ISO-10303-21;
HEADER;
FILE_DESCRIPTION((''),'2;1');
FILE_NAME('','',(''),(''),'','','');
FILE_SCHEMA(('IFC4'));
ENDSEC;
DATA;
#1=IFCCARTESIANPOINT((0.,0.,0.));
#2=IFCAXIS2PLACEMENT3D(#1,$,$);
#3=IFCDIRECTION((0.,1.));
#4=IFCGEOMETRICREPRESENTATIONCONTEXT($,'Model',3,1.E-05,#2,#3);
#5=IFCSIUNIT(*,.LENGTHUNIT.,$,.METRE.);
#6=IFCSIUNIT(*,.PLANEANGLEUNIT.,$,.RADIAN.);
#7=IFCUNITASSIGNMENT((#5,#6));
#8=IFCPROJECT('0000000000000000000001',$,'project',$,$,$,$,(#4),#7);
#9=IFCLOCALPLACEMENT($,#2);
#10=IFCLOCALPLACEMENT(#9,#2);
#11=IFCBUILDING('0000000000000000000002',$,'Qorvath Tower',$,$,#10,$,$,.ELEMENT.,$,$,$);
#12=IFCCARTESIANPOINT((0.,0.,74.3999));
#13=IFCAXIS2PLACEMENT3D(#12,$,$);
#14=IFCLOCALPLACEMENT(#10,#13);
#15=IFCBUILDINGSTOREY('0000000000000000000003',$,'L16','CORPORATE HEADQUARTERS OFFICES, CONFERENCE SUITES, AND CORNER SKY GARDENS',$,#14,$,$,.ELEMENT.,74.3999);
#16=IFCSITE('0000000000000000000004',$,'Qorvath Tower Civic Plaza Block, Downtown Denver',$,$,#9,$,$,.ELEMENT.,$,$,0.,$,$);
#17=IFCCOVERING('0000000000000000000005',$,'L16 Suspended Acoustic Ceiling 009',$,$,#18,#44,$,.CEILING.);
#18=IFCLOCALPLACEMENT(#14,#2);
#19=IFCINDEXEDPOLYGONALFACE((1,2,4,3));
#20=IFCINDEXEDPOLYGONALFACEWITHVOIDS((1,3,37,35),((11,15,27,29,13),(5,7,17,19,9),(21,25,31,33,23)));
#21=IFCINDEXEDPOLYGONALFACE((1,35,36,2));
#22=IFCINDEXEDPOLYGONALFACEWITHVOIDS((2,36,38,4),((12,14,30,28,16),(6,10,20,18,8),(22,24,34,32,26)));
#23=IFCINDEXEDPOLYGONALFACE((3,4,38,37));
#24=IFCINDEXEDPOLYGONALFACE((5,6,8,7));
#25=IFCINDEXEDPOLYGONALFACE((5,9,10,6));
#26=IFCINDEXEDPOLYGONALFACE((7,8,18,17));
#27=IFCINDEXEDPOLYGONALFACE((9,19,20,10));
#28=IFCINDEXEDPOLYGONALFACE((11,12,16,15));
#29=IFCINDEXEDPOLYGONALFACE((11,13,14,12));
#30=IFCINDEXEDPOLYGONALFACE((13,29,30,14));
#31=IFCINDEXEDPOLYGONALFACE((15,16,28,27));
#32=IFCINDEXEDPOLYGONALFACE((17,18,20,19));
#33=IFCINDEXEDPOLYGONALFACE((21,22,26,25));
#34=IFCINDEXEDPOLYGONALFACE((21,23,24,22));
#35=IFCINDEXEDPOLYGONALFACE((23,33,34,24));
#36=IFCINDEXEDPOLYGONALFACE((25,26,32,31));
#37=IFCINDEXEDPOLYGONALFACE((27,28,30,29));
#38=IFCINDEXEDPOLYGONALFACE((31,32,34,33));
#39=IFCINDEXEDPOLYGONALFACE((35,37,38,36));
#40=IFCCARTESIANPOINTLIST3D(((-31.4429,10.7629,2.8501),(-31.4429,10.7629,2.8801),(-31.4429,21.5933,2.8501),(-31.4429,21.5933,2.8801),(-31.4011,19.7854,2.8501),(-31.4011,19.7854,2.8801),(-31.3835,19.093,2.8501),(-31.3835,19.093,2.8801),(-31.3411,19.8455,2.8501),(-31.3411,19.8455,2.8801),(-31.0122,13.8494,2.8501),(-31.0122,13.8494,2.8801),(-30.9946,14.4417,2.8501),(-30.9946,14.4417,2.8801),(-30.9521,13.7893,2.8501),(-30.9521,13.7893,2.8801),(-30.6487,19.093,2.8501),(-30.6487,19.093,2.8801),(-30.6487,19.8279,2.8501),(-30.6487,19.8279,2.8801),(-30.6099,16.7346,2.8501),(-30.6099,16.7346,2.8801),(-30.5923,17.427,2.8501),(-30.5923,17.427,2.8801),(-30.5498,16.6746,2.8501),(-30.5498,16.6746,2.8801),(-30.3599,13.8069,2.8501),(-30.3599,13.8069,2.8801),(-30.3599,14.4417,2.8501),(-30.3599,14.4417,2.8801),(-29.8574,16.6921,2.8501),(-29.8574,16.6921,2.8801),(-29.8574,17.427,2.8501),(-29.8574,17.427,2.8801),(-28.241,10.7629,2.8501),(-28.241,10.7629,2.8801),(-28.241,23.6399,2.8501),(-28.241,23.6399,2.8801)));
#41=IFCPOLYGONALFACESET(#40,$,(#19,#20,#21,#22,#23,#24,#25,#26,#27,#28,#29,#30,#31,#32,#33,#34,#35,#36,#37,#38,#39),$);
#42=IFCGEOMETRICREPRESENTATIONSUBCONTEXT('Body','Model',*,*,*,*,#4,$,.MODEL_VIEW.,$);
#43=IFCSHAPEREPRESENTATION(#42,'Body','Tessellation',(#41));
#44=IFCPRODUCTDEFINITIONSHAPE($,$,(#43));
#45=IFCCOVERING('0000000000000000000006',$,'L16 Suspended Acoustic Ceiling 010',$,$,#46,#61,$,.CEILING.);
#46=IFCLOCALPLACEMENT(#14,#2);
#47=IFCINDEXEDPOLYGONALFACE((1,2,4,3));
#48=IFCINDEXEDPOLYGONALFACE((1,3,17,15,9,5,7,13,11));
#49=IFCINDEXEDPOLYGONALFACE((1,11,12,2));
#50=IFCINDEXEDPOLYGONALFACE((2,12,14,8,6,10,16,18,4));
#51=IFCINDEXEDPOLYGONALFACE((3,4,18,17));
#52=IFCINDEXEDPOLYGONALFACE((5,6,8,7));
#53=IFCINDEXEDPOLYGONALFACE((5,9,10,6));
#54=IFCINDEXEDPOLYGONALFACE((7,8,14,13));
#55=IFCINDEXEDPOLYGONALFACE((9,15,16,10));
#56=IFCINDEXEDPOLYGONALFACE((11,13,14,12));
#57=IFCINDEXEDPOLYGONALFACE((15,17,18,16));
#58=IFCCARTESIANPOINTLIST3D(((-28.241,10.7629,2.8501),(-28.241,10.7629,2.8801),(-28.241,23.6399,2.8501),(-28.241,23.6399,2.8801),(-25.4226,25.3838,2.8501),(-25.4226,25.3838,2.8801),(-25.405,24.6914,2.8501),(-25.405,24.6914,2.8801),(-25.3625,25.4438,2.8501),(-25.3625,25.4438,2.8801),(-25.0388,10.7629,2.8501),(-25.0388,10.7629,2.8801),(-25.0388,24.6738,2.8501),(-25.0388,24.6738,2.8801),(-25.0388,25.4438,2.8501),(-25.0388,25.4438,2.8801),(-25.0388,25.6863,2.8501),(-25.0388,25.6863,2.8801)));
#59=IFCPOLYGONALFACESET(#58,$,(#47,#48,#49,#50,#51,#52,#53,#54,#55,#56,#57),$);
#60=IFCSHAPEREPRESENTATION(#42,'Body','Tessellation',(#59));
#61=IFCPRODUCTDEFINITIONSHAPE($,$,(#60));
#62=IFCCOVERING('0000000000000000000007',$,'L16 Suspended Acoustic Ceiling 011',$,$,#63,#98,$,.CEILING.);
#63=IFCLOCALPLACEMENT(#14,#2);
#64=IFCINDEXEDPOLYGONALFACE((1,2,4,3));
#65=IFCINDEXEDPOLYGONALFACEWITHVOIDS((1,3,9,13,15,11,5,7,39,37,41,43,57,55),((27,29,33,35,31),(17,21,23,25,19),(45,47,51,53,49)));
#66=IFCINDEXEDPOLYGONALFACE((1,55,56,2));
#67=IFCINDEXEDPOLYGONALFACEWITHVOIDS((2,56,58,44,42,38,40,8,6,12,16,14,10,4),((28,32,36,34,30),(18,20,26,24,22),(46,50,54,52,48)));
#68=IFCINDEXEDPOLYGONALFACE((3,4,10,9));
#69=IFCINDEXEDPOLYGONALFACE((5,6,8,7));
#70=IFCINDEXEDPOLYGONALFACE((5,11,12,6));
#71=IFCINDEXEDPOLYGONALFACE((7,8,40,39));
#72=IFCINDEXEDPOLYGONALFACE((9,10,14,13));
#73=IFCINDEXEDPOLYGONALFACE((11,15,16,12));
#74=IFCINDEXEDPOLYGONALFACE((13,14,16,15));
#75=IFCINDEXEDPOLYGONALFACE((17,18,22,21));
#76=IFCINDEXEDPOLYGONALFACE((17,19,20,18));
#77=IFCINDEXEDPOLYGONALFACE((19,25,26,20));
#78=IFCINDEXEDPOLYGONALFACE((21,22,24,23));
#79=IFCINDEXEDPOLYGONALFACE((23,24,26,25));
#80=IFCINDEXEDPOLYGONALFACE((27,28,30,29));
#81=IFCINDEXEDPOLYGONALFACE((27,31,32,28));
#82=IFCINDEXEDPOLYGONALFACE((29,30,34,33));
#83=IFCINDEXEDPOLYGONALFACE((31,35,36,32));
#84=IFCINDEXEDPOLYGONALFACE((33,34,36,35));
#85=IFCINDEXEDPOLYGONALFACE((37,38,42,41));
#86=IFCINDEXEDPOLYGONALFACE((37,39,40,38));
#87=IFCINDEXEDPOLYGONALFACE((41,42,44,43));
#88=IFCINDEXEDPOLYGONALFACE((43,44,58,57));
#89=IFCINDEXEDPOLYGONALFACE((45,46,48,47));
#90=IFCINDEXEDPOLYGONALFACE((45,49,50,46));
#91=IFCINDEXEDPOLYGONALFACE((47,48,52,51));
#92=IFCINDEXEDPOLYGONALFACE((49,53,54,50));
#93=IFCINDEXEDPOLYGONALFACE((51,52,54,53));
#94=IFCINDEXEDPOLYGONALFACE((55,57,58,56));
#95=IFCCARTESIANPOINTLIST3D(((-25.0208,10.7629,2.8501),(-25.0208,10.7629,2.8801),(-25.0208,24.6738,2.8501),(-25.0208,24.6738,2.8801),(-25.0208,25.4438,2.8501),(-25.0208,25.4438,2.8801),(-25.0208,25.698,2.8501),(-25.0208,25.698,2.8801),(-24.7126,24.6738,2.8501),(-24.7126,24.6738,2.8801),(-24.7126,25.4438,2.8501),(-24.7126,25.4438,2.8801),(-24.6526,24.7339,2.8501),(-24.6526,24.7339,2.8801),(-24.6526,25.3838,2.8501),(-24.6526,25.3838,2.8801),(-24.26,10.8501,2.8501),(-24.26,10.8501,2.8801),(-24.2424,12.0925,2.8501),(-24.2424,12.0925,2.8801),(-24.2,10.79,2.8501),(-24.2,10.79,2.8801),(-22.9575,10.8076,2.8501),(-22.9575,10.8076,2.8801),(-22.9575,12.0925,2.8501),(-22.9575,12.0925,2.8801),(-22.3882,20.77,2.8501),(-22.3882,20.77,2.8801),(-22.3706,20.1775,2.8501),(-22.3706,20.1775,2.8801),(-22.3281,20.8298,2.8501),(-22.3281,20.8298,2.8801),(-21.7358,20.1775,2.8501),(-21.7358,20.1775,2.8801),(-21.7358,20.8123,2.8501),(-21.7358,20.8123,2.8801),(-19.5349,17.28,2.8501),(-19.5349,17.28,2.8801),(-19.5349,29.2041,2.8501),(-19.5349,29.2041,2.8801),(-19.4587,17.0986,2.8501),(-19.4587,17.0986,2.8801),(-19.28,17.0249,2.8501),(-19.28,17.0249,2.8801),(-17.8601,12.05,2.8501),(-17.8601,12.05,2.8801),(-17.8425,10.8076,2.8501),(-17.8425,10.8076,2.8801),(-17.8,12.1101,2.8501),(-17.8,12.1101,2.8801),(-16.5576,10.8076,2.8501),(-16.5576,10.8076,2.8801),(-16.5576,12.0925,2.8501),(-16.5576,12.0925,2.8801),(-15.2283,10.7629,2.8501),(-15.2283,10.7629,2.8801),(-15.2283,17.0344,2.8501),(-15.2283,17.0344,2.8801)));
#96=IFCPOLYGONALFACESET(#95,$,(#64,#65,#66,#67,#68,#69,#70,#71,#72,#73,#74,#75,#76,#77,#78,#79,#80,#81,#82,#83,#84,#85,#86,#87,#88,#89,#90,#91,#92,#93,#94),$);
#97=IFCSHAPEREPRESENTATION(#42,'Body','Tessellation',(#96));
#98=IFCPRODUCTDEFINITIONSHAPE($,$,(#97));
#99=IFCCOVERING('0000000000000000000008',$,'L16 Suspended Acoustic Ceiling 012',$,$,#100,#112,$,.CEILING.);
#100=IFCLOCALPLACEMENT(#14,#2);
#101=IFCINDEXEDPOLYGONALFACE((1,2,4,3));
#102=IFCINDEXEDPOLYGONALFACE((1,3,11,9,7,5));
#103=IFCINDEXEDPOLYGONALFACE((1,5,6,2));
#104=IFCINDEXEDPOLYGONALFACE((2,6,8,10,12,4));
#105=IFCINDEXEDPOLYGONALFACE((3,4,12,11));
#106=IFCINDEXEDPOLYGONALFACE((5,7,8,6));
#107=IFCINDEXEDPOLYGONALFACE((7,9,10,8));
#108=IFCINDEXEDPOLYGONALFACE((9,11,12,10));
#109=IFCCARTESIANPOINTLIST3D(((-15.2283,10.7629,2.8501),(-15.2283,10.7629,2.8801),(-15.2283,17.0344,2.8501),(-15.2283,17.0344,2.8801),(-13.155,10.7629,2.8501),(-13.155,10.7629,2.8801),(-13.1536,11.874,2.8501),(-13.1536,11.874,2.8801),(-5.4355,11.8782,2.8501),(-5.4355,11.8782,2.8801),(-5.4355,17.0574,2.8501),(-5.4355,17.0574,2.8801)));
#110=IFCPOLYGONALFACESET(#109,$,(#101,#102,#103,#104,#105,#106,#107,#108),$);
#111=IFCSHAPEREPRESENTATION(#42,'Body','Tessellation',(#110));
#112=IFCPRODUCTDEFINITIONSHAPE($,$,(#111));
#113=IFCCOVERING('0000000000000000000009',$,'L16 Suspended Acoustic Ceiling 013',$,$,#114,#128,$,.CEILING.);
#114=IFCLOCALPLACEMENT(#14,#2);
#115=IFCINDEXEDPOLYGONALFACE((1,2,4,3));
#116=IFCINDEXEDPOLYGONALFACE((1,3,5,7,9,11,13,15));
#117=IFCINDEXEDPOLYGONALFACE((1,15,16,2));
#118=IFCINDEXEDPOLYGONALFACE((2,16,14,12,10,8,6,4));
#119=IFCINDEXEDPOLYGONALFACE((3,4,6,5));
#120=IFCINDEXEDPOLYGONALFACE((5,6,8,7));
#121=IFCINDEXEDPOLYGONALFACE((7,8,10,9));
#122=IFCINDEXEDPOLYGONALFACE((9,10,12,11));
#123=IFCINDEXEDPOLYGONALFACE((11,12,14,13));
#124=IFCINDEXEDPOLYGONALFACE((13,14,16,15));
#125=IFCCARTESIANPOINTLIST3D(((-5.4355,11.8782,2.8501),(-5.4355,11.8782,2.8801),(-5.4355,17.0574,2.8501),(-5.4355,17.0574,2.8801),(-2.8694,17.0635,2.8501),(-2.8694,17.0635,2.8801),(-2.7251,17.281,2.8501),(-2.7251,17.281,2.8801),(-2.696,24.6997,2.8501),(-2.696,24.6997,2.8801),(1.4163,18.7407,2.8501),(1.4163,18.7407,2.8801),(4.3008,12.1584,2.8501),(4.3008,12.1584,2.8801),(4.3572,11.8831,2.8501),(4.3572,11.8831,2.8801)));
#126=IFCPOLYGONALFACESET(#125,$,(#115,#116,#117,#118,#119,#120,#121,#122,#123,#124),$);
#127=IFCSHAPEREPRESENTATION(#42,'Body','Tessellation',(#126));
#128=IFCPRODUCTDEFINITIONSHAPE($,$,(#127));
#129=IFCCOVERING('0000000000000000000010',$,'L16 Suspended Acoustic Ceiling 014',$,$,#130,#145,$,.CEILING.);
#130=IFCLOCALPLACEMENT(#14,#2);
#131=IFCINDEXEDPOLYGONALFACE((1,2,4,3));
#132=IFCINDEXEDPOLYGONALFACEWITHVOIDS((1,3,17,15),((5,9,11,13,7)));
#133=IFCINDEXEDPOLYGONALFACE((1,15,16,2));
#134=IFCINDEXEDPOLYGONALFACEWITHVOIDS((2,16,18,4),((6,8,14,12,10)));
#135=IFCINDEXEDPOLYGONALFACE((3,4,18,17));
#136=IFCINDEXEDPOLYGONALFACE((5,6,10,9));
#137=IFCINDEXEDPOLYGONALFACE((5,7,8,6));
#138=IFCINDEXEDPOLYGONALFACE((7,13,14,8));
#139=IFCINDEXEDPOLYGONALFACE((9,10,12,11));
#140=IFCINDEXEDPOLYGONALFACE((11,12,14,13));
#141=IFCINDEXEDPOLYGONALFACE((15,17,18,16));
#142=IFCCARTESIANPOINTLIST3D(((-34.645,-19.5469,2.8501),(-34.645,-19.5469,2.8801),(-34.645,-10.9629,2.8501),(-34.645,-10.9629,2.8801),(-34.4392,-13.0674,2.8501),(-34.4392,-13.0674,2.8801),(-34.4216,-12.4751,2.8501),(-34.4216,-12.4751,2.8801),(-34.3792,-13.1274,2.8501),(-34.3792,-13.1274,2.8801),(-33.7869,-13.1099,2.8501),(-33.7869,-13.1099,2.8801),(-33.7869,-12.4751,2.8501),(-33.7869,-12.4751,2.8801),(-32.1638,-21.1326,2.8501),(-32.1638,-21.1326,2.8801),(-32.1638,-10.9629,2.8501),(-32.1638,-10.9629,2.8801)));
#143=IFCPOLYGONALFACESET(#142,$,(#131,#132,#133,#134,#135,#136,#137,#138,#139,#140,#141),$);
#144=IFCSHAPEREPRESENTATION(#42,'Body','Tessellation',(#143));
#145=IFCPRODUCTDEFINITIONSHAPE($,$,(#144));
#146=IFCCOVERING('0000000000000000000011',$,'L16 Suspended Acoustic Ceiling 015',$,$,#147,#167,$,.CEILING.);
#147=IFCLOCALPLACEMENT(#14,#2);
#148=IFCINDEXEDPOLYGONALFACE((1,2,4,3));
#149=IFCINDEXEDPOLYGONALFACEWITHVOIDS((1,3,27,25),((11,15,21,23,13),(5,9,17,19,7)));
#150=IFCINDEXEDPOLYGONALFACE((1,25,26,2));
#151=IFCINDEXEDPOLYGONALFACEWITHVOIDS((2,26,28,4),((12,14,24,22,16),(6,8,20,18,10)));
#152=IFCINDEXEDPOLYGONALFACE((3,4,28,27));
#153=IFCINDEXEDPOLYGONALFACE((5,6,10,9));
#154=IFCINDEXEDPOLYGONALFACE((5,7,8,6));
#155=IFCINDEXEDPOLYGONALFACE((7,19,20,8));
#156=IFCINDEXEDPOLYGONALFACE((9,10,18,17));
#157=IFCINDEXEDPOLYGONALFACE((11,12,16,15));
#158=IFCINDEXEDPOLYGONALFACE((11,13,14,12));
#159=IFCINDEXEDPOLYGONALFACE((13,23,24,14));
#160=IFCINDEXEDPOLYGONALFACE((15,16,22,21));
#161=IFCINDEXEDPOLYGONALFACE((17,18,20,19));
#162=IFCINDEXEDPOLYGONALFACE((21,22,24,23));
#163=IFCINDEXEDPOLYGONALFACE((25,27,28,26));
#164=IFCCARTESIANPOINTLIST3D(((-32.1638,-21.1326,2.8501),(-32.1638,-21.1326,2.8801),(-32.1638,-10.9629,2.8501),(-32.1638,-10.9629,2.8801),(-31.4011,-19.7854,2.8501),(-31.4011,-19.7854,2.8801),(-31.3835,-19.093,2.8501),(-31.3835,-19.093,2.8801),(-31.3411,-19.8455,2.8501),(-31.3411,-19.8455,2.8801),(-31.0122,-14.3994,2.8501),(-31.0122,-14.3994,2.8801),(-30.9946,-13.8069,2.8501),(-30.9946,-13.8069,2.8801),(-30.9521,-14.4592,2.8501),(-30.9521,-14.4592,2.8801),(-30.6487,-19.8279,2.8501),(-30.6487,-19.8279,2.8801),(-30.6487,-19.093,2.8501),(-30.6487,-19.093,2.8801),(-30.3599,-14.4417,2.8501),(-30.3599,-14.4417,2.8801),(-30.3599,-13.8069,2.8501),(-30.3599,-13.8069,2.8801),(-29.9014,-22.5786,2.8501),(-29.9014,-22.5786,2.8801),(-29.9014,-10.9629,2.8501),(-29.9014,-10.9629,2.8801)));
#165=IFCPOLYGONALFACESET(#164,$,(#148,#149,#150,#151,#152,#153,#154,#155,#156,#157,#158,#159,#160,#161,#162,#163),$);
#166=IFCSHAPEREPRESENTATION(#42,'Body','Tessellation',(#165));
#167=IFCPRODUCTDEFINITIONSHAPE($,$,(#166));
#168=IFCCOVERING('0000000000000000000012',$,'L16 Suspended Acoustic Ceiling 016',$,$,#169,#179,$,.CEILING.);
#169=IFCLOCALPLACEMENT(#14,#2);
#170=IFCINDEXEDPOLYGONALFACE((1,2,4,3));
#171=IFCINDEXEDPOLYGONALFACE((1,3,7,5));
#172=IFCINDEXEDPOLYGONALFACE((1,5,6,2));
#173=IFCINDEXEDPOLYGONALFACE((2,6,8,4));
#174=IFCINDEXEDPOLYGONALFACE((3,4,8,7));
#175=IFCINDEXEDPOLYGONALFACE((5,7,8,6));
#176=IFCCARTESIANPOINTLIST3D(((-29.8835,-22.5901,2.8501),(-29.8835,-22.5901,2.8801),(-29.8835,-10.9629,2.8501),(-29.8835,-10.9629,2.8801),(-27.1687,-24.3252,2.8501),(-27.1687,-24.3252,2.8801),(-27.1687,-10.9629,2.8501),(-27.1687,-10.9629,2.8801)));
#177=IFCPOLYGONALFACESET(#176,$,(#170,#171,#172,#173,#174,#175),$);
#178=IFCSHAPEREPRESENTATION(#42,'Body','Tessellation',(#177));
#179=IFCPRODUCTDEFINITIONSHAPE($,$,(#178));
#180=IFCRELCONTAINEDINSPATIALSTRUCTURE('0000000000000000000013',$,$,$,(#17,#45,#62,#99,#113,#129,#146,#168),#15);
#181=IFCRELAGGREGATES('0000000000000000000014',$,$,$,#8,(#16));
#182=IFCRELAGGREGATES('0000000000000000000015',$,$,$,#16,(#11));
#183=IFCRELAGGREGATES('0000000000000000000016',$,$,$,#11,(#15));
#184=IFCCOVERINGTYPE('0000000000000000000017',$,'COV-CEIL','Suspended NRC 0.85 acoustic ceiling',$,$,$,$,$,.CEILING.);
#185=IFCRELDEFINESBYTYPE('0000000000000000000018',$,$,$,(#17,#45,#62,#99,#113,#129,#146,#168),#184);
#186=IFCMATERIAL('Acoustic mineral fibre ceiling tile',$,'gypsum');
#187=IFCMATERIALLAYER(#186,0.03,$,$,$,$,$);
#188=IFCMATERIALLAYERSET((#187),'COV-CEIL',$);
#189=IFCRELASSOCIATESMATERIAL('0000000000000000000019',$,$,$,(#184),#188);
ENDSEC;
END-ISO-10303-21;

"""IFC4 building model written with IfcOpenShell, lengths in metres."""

from ifc_helpers import new_model, si_unit, direction, frame, origin, place, context, subcontext, project, spatial, polyline, outline, extrude, material, layer, layer_set, type_object, element, save


model = new_model("IFC4")

# Units and contexts
model_context = context("Model", 3, precision=1e-05, world=origin(), true_north=direction((0.0, 1.0)))
body_context = subcontext(model_context, "Body", "Model", "MODEL_VIEW")
ifc_project = project(units=[si_unit("LENGTHUNIT", "METRE"), si_unit("PLANEANGLEUNIT", "RADIAN")], contexts=[model_context])

# Site, building, storey
site_placement = place(None, origin())
site = spatial("IfcSite", under=ifc_project, at=site_placement, Name="Qorvath Tower Civic Plaza Block, Downtown Denver", CompositionType="ELEMENT", RefElevation=0.0)
building_placement = place(site_placement, origin())
building = spatial("IfcBuilding", under=site, at=building_placement, Name="Qorvath Tower", CompositionType="ELEMENT")
storey_placement = place(building_placement, frame((0.0, 0.0, 74.3999)))
storey = spatial("IfcBuildingStorey", under=building, at=storey_placement, Name="L16", Description="CORPORATE HEADQUARTERS OFFICES, CONFERENCE SUITES, AND CORNER SKY GARDENS", CompositionType="ELEMENT", Elevation=74.3999)

# Coverings
ifc_material_1 = material(Name="Acoustic mineral fibre ceiling tile", Category="gypsum")
ifc_layer_1 = layer(ifc_material_1, 0.03)
ifc_layer_set_1 = layer_set([ifc_layer_1], Name="COV-CEIL")
covering_type_1 = type_object("IfcCoveringType", Name="COV-CEIL", Description="Suspended NRC 0.85 acoustic ceiling", PredefinedType="CEILING", material=ifc_layer_set_1)
covering_1_placement = place(storey_placement, frame((0.0, 0.0, 2.8501)))
element("IfcCovering", 1, at=covering_1_placement, inside=storey, type_object=covering_type_1, Name="L16 Suspended Acoustic Ceiling 009", PredefinedType="CEILING", context=body_context, shape_type="SweptSolid", body=[
    extrude(outline(polyline([(-28.241, 10.7629), (-28.241, 23.6399), (-31.4429, 21.5933), (-31.4429, 10.7629), (-28.241, 10.7629)]), holes=[polyline([(-30.6099, 16.7346), (-30.5923, 17.427), (-29.8574, 17.427), (-29.8574, 16.6921), (-30.5498, 16.6746), (-30.6099, 16.7346)]), polyline([(-31.0122, 13.8494), (-30.9946, 14.4417), (-30.3599, 14.4417), (-30.3599, 13.8069), (-30.9521, 13.7893), (-31.0122, 13.8494)]), polyline([(-31.4011, 19.7854), (-31.3411, 19.8455), (-30.6487, 19.8279), (-30.6487, 19.093), (-31.3835, 19.093), (-31.4011, 19.7854)])]), origin(), (0.0, 0.0, 1.0), 0.03),
])
covering_2_placement = place(storey_placement, frame((0.0, 0.0, 2.8501)))
element("IfcCovering", 2, at=covering_2_placement, inside=storey, type_object=covering_type_1, Name="L16 Suspended Acoustic Ceiling 010", PredefinedType="CEILING", context=body_context, shape_type="SweptSolid", body=[
    extrude(outline(polyline([(-25.0388, 25.4438), (-25.0388, 25.6863), (-28.241, 23.6399), (-28.241, 10.7629), (-25.0388, 10.7629), (-25.0388, 24.6738), (-25.405, 24.6914), (-25.4226, 25.3838), (-25.3625, 25.4438), (-25.0388, 25.4438)])), origin(), (0.0, 0.0, 1.0), 0.03),
])
covering_3_placement = place(storey_placement, frame((0.0, 0.0, 2.8501)))
element("IfcCovering", 3, at=covering_3_placement, inside=storey, type_object=covering_type_1, Name="L16 Suspended Acoustic Ceiling 011", PredefinedType="CEILING", context=body_context, shape_type="SweptSolid", body=[
    extrude(outline(polyline([(-15.2283, 10.7629), (-15.2283, 17.0344), (-19.28, 17.0249), (-19.4587, 17.0986), (-19.5349, 17.28), (-19.5349, 29.2041), (-25.0208, 25.698), (-25.0208, 25.4438), (-24.7126, 25.4438), (-24.6526, 25.3838), (-24.6526, 24.7339), (-24.7126, 24.6738), (-25.0208, 24.6738), (-25.0208, 10.7629), (-15.2283, 10.7629)]), holes=[polyline([(-17.8601, 12.05), (-17.8, 12.1101), (-16.5576, 12.0925), (-16.5576, 10.8076), (-17.8425, 10.8076), (-17.8601, 12.05)]), polyline([(-22.3882, 20.77), (-22.3281, 20.8298), (-21.7358, 20.8123), (-21.7358, 20.1775), (-22.3706, 20.1775), (-22.3882, 20.77)]), polyline([(-24.26, 10.8501), (-24.2424, 12.0925), (-22.9575, 12.0925), (-22.9575, 10.8076), (-24.2, 10.79), (-24.26, 10.8501)])]), origin(), (0.0, 0.0, 1.0), 0.03),
])
covering_4_placement = place(storey_placement, frame((0.0, 0.0, 2.8501)))
element("IfcCovering", 4, at=covering_4_placement, inside=storey, type_object=covering_type_1, Name="L16 Suspended Acoustic Ceiling 012", PredefinedType="CEILING", context=body_context, shape_type="SweptSolid", body=[
    extrude(outline(polyline([(-13.1536, 11.874), (-5.4355, 11.8782), (-5.4355, 17.0574), (-15.2283, 17.0344), (-15.2283, 10.7629), (-13.155, 10.7629), (-13.1536, 11.874)])), origin(), (0.0, 0.0, 1.0), 0.03),
])
covering_5_placement = place(storey_placement, frame((0.0, 0.0, 2.8501)))
element("IfcCovering", 5, at=covering_5_placement, inside=storey, type_object=covering_type_1, Name="L16 Suspended Acoustic Ceiling 013", PredefinedType="CEILING", context=body_context, shape_type="SweptSolid", body=[
    extrude(outline(polyline([(-5.4355, 17.0574), (-5.4355, 11.8782), (4.3572, 11.8831), (4.3008, 12.1584), (1.4163, 18.7407), (-2.696, 24.6997), (-2.7251, 17.281), (-2.8694, 17.0635), (-5.4355, 17.0574)])), origin(), (0.0, 0.0, 1.0), 0.03),
])
covering_6_placement = place(storey_placement, frame((0.0, 0.0, 2.8501)))
element("IfcCovering", 6, at=covering_6_placement, inside=storey, type_object=covering_type_1, Name="L16 Suspended Acoustic Ceiling 014", PredefinedType="CEILING", context=body_context, shape_type="SweptSolid", body=[
    extrude(outline(polyline([(-34.645, -10.9629), (-34.645, -19.5469), (-32.1638, -21.1326), (-32.1638, -10.9629), (-34.645, -10.9629)]), holes=[polyline([(-34.4392, -13.0674), (-34.4216, -12.4751), (-33.7869, -12.4751), (-33.7869, -13.1099), (-34.3792, -13.1274), (-34.4392, -13.0674)])]), origin(), (0.0, 0.0, 1.0), 0.03),
])
covering_7_placement = place(storey_placement, frame((0.0, 0.0, 2.8501)))
element("IfcCovering", 7, at=covering_7_placement, inside=storey, type_object=covering_type_1, Name="L16 Suspended Acoustic Ceiling 015", PredefinedType="CEILING", context=body_context, shape_type="SweptSolid", body=[
    extrude(outline(polyline([(-32.1638, -10.9629), (-32.1638, -21.1326), (-29.9014, -22.5786), (-29.9014, -10.9629), (-32.1638, -10.9629)]), holes=[polyline([(-31.0122, -14.3994), (-30.9946, -13.8069), (-30.3599, -13.8069), (-30.3599, -14.4417), (-30.9521, -14.4592), (-31.0122, -14.3994)]), polyline([(-31.4011, -19.7854), (-31.3835, -19.093), (-30.6487, -19.093), (-30.6487, -19.8279), (-31.3411, -19.8455), (-31.4011, -19.7854)])]), origin(), (0.0, 0.0, 1.0), 0.03),
])
covering_8_placement = place(storey_placement, frame((0.0, 0.0, 2.8501)))
element("IfcCovering", 8, at=covering_8_placement, inside=storey, type_object=covering_type_1, Name="L16 Suspended Acoustic Ceiling 016", PredefinedType="CEILING", context=body_context, shape_type="SweptSolid", body=[
    extrude(outline(polyline([(-27.1687, -24.3252), (-27.1687, -10.9629), (-29.8835, -10.9629), (-29.8835, -22.5901), (-27.1687, -24.3252)])), origin(), (0.0, 0.0, 1.0), 0.03),
])

save(model, "model.ifc")
